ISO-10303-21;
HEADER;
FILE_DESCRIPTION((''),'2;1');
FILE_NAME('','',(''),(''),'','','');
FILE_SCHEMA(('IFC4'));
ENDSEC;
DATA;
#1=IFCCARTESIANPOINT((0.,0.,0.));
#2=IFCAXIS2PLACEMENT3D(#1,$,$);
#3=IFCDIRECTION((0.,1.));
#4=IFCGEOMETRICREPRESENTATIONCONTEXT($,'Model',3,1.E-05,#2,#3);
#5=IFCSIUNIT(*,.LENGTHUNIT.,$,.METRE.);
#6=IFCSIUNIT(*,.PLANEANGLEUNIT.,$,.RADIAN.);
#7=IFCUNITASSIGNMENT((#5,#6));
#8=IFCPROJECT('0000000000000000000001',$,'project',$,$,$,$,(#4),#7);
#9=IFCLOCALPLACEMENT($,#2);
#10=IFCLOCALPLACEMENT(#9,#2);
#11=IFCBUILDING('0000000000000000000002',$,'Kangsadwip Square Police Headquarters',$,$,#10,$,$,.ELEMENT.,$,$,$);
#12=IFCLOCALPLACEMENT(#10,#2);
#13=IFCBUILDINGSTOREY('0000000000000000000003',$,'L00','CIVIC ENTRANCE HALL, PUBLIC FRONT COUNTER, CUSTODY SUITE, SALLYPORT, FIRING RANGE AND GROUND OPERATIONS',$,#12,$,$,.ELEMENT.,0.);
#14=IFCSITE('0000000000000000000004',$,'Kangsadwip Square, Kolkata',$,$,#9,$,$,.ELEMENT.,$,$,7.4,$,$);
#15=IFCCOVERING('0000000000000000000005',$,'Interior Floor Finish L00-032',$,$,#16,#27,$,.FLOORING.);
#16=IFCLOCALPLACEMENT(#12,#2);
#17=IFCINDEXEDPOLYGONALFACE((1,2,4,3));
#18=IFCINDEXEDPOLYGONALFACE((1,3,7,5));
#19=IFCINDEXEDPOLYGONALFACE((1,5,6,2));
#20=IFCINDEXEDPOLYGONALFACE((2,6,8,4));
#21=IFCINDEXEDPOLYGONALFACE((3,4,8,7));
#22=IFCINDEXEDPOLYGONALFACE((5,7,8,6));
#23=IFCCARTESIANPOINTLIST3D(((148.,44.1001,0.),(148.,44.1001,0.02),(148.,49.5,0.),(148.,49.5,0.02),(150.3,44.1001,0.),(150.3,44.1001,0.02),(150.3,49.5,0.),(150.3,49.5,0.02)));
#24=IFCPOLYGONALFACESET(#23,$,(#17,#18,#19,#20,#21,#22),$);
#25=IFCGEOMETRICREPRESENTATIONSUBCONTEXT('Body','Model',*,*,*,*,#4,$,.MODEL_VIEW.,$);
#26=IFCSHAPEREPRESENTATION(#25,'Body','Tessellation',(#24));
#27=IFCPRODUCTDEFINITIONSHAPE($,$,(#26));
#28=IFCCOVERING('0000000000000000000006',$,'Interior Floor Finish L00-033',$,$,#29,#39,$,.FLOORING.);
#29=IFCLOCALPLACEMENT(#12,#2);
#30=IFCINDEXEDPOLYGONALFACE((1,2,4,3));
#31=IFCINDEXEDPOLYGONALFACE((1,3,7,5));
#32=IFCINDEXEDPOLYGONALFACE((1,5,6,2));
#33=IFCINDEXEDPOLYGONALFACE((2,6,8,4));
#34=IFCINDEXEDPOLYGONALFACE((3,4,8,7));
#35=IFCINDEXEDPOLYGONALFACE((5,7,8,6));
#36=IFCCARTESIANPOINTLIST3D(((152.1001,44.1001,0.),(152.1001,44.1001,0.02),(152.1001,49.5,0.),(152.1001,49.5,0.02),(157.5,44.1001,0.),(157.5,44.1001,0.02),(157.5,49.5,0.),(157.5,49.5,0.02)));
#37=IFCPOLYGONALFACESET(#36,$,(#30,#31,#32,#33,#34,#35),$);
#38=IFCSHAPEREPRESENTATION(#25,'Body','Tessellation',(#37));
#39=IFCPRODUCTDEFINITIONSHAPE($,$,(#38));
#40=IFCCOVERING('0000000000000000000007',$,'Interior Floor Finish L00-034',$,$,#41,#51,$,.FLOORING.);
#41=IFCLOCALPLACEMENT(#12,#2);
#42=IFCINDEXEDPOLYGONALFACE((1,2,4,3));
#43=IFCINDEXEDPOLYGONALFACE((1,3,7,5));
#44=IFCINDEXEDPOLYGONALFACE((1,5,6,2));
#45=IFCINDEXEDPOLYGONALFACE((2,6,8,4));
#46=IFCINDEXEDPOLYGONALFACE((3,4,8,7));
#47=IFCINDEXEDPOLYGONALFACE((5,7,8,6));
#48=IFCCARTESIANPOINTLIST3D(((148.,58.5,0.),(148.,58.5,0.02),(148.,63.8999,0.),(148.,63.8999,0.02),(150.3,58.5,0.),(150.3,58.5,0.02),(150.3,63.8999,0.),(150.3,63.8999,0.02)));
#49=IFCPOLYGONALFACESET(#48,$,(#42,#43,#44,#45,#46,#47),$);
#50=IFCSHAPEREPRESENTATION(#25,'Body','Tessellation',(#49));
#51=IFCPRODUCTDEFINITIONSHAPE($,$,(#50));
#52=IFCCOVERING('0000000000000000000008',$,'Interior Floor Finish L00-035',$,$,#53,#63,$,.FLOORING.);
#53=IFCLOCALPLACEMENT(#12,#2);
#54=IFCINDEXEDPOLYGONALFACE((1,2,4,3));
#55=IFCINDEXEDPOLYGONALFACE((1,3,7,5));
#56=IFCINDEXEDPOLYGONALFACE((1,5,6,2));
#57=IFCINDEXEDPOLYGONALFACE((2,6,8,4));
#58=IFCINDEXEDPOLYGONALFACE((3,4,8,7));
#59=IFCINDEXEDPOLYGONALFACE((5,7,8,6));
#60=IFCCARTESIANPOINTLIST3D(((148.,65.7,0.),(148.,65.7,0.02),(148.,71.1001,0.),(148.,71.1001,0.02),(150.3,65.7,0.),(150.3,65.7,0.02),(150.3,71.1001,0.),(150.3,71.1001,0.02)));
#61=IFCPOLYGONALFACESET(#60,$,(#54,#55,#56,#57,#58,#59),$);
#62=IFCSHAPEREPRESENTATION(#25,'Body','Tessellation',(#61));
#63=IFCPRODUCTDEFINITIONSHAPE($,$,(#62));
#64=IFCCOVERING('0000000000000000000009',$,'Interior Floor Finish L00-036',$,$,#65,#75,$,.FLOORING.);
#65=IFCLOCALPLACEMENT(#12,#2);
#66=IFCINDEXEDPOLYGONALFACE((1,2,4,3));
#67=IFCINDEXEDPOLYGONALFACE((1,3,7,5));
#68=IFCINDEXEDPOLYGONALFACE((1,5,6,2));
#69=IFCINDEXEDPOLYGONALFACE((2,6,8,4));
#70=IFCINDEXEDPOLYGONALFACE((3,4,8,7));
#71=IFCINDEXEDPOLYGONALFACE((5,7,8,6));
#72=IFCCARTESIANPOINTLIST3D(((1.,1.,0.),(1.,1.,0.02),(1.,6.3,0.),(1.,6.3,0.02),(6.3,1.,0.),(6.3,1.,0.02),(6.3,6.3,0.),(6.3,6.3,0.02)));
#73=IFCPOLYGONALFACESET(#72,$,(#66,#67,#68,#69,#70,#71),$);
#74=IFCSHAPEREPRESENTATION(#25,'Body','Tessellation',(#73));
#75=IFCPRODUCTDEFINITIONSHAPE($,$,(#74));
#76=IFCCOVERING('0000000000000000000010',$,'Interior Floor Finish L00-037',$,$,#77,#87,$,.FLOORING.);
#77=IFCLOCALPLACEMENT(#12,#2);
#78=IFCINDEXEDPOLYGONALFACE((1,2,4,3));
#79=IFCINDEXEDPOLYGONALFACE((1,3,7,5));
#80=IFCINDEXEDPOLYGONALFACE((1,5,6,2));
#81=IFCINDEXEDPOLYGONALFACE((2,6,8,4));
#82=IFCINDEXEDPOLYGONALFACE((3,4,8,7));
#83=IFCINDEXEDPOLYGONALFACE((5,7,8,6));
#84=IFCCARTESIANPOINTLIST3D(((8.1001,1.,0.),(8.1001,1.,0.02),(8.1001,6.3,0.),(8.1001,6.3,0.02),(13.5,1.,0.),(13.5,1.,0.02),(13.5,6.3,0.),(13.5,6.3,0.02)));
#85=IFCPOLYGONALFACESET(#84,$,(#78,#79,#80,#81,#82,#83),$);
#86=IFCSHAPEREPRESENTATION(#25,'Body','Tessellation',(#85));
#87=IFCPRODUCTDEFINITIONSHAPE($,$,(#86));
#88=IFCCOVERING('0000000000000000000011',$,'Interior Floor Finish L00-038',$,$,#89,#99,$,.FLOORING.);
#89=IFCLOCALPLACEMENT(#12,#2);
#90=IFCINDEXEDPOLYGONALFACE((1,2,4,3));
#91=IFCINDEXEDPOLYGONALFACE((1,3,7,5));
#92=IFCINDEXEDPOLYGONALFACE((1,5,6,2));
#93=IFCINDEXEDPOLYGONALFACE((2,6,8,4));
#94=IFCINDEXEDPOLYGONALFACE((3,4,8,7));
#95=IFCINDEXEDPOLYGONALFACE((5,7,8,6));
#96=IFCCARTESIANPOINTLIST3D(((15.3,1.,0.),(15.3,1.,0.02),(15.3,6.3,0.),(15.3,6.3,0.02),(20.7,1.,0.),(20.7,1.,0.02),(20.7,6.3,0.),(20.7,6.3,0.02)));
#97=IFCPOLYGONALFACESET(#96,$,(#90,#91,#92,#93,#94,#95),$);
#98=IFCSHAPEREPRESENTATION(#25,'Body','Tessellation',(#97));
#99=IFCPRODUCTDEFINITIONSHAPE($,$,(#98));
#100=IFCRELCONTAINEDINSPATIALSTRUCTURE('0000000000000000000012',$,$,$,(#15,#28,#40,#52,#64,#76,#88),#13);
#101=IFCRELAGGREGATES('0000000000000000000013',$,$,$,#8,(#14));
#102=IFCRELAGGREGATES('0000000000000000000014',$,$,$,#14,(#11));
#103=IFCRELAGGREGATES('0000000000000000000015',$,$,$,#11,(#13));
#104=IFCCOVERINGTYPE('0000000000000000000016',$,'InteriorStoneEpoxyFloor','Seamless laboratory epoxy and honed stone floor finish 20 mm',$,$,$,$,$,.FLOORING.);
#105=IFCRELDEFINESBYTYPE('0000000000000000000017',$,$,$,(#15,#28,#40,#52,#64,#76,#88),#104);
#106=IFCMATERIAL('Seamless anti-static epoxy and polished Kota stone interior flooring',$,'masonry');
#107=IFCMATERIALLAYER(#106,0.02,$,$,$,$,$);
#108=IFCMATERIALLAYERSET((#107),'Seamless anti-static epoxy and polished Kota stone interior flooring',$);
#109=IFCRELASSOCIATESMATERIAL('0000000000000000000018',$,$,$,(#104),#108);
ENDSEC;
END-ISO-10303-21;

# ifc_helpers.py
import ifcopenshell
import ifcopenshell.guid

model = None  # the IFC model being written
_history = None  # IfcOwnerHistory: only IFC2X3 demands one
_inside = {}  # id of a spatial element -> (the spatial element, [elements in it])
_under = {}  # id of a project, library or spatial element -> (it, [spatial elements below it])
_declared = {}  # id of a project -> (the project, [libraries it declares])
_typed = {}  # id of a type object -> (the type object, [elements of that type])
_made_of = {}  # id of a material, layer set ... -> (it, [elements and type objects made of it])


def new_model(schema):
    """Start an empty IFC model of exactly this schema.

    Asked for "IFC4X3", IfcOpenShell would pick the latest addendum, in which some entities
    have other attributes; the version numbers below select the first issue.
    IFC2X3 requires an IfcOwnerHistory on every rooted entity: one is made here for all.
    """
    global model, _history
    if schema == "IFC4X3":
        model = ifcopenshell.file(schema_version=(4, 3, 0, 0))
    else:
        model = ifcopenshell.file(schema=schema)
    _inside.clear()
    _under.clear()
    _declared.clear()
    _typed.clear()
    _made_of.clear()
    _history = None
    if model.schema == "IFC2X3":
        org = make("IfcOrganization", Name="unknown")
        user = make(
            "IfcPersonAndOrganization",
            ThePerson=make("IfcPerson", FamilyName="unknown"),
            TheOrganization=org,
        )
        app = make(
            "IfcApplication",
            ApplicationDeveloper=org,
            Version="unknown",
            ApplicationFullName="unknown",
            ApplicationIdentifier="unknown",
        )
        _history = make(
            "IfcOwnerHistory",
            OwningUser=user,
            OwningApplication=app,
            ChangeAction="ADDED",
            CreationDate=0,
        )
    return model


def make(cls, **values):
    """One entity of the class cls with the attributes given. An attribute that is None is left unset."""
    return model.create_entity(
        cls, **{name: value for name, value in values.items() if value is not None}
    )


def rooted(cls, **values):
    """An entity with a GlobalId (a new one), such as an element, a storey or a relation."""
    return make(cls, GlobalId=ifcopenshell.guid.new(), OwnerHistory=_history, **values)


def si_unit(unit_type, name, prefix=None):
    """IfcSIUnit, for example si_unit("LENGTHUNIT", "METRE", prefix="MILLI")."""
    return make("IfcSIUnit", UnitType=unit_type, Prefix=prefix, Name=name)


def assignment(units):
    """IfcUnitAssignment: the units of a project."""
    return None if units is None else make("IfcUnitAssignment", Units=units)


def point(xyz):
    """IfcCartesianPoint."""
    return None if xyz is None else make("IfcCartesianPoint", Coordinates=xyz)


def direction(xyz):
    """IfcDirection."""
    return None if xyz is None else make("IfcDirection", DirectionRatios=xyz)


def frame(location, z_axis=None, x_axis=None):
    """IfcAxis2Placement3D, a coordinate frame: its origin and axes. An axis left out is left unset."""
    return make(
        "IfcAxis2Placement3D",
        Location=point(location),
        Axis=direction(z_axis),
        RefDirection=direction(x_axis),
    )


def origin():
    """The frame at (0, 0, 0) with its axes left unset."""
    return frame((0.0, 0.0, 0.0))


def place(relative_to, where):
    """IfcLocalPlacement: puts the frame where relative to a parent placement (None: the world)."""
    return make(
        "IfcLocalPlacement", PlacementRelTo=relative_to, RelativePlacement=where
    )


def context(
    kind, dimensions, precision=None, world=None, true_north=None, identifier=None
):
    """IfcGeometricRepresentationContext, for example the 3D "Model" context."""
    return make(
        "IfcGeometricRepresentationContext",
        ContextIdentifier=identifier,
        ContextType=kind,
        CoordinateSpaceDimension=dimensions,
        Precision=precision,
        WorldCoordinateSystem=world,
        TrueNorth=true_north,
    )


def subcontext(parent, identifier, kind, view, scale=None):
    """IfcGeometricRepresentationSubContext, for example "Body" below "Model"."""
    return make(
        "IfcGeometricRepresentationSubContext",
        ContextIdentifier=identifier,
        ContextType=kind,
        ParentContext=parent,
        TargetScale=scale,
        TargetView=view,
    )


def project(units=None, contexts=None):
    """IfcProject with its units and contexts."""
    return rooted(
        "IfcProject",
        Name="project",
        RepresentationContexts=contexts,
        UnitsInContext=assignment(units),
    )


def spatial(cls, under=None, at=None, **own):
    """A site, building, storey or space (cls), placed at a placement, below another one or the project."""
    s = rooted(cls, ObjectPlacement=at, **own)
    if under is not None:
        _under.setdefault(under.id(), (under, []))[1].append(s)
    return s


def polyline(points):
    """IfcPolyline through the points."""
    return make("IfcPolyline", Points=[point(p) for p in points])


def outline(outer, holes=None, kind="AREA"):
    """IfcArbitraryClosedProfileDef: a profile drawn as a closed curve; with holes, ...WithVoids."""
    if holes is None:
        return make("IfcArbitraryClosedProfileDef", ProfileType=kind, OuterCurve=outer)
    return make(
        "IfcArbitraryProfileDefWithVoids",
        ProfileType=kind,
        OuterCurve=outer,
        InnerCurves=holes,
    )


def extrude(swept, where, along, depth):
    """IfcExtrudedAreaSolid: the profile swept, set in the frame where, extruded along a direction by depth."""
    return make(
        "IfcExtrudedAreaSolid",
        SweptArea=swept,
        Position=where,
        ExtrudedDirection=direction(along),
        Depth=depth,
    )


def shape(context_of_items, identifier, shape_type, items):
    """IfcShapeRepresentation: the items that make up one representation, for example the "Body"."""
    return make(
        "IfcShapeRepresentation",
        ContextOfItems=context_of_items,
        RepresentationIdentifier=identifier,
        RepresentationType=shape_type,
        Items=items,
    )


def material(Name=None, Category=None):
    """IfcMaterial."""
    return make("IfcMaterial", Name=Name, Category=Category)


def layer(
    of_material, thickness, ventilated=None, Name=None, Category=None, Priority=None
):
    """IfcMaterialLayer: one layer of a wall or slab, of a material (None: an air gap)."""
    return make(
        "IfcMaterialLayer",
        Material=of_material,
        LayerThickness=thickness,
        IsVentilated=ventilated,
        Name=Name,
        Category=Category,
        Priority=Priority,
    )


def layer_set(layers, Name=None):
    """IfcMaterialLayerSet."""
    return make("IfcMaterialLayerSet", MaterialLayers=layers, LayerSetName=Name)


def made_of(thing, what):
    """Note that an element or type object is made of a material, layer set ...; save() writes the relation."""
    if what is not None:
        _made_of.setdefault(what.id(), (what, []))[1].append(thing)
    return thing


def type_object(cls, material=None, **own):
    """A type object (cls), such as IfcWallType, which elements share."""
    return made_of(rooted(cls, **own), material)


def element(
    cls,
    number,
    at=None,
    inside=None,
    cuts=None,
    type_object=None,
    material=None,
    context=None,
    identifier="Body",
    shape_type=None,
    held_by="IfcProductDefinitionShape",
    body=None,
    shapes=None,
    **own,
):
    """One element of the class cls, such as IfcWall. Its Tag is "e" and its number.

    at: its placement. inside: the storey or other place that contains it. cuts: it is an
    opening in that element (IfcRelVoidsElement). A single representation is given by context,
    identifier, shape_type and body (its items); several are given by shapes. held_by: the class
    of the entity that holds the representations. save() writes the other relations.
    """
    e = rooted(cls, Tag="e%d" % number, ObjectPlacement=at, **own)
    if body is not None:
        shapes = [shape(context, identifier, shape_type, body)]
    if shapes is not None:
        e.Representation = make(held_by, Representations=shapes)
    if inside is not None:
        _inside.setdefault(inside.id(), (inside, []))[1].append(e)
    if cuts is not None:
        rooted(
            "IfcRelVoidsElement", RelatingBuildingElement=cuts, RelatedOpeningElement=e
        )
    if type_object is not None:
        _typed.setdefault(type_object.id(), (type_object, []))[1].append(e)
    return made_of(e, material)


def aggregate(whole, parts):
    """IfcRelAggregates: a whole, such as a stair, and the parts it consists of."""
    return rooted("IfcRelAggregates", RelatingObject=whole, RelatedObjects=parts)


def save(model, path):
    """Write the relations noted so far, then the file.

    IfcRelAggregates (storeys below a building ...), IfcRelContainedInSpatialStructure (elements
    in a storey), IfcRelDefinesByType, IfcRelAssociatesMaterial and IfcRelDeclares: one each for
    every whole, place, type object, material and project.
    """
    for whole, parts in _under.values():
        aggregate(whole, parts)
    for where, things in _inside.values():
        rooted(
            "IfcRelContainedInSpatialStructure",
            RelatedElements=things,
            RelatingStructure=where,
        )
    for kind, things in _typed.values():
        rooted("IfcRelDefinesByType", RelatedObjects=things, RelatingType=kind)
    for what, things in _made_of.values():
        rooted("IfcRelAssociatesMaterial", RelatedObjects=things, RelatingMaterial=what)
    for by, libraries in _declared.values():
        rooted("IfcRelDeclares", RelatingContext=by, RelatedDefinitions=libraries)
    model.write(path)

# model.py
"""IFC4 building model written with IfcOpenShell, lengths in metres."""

from ifc_helpers import new_model, si_unit, direction, origin, place, context, subcontext, project, spatial, polyline, outline, extrude, material, layer, layer_set, type_object, element, save


model = new_model("IFC4")

# Units and contexts
model_context = context("Model", 3, precision=1e-05, world=origin(), true_north=direction((0.0, 1.0)))
body_context = subcontext(model_context, "Body", "Model", "MODEL_VIEW")
ifc_project = project(units=[si_unit("LENGTHUNIT", "METRE"), si_unit("PLANEANGLEUNIT", "RADIAN")], contexts=[model_context])

# Site, building, storey
site_placement = place(None, origin())
site = spatial("IfcSite", under=ifc_project, at=site_placement, Name="Kangsadwip Square, Kolkata", CompositionType="ELEMENT", RefElevation=7.4)
building_placement = place(site_placement, origin())
building = spatial("IfcBuilding", under=site, at=building_placement, Name="Kangsadwip Square Police Headquarters", CompositionType="ELEMENT")
storey_placement = place(building_placement, origin())
storey = spatial("IfcBuildingStorey", under=building, at=storey_placement, Name="L00", Description="CIVIC ENTRANCE HALL, PUBLIC FRONT COUNTER, CUSTODY SUITE, SALLYPORT, FIRING RANGE AND GROUND OPERATIONS", CompositionType="ELEMENT", Elevation=0.0)

# Coverings
ifc_material = material(Name="Seamless anti-static epoxy and polished Kota stone interior flooring", Category="masonry")
ifc_layer = layer(ifc_material, 0.02)
ifc_layer_set = layer_set([ifc_layer], Name="Seamless anti-static epoxy and polished Kota stone interior flooring")
covering_type = type_object("IfcCoveringType", Name="InteriorStoneEpoxyFloor", Description="Seamless laboratory epoxy and honed stone floor finish 20 mm", PredefinedType="FLOORING", material=ifc_layer_set)
covering_1_placement = place(storey_placement, origin())
element("IfcCovering", 1, at=covering_1_placement, inside=storey, type_object=covering_type, Name="Interior Floor Finish L00-032", PredefinedType="FLOORING", context=body_context, shape_type="SweptSolid", body=[
    extrude(outline(polyline([(148.0, 44.1001), (150.3, 44.1001), (150.3, 49.5), (148.0, 49.5), (148.0, 44.1001)])), origin(), (0.0, 0.0, 1.0), 0.02),
])
covering_2_placement = place(storey_placement, origin())
element("IfcCovering", 2, at=covering_2_placement, inside=storey, type_object=covering_type, Name="Interior Floor Finish L00-033", PredefinedType="FLOORING", context=body_context, shape_type="SweptSolid", body=[
    extrude(outline(polyline([(152.1001, 44.1001), (157.5, 44.1001), (157.5, 49.5), (152.1001, 49.5), (152.1001, 44.1001)])), origin(), (0.0, 0.0, 1.0), 0.02),
])
covering_3_placement = place(storey_placement, origin())
element("IfcCovering", 3, at=covering_3_placement, inside=storey, type_object=covering_type, Name="Interior Floor Finish L00-034", PredefinedType="FLOORING", context=body_context, shape_type="SweptSolid", body=[
    extrude(outline(polyline([(148.0, 58.5), (150.3, 58.5), (150.3, 63.8999), (148.0, 63.8999), (148.0, 58.5)])), origin(), (0.0, 0.0, 1.0), 0.02),
])
covering_4_placement = place(storey_placement, origin())
element("IfcCovering", 4, at=covering_4_placement, inside=storey, type_object=covering_type, Name="Interior Floor Finish L00-035", PredefinedType="FLOORING", context=body_context, shape_type="SweptSolid", body=[
    extrude(outline(polyline([(148.0, 65.7), (150.3, 65.7), (150.3, 71.1001), (148.0, 71.1001), (148.0, 65.7)])), origin(), (0.0, 0.0, 1.0), 0.02),
])
covering_5_placement = place(storey_placement, origin())
element("IfcCovering", 5, at=covering_5_placement, inside=storey, type_object=covering_type, Name="Interior Floor Finish L00-036", PredefinedType="FLOORING", context=body_context, shape_type="SweptSolid", body=[
    extrude(outline(polyline([(1.0, 1.0), (6.3, 1.0), (6.3, 6.3), (1.0, 6.3), (1.0, 1.0)])), origin(), (0.0, 0.0, 1.0), 0.02),
])
covering_6_placement = place(storey_placement, origin())
element("IfcCovering", 6, at=covering_6_placement, inside=storey, type_object=covering_type, Name="Interior Floor Finish L00-037", PredefinedType="FLOORING", context=body_context, shape_type="SweptSolid", body=[
    extrude(outline(polyline([(8.1001, 1.0), (13.5, 1.0), (13.5, 6.3), (8.1001, 6.3), (8.1001, 1.0)])), origin(), (0.0, 0.0, 1.0), 0.02),
])
covering_7_placement = place(storey_placement, origin())
element("IfcCovering", 7, at=covering_7_placement, inside=storey, type_object=covering_type, Name="Interior Floor Finish L00-038", PredefinedType="FLOORING", context=body_context, shape_type="SweptSolid", body=[
    extrude(outline(polyline([(15.3, 1.0), (20.7, 1.0), (20.7, 6.3), (15.3, 6.3), (15.3, 1.0)])), origin(), (0.0, 0.0, 1.0), 0.02),
])

save(model, "model.ifc")
